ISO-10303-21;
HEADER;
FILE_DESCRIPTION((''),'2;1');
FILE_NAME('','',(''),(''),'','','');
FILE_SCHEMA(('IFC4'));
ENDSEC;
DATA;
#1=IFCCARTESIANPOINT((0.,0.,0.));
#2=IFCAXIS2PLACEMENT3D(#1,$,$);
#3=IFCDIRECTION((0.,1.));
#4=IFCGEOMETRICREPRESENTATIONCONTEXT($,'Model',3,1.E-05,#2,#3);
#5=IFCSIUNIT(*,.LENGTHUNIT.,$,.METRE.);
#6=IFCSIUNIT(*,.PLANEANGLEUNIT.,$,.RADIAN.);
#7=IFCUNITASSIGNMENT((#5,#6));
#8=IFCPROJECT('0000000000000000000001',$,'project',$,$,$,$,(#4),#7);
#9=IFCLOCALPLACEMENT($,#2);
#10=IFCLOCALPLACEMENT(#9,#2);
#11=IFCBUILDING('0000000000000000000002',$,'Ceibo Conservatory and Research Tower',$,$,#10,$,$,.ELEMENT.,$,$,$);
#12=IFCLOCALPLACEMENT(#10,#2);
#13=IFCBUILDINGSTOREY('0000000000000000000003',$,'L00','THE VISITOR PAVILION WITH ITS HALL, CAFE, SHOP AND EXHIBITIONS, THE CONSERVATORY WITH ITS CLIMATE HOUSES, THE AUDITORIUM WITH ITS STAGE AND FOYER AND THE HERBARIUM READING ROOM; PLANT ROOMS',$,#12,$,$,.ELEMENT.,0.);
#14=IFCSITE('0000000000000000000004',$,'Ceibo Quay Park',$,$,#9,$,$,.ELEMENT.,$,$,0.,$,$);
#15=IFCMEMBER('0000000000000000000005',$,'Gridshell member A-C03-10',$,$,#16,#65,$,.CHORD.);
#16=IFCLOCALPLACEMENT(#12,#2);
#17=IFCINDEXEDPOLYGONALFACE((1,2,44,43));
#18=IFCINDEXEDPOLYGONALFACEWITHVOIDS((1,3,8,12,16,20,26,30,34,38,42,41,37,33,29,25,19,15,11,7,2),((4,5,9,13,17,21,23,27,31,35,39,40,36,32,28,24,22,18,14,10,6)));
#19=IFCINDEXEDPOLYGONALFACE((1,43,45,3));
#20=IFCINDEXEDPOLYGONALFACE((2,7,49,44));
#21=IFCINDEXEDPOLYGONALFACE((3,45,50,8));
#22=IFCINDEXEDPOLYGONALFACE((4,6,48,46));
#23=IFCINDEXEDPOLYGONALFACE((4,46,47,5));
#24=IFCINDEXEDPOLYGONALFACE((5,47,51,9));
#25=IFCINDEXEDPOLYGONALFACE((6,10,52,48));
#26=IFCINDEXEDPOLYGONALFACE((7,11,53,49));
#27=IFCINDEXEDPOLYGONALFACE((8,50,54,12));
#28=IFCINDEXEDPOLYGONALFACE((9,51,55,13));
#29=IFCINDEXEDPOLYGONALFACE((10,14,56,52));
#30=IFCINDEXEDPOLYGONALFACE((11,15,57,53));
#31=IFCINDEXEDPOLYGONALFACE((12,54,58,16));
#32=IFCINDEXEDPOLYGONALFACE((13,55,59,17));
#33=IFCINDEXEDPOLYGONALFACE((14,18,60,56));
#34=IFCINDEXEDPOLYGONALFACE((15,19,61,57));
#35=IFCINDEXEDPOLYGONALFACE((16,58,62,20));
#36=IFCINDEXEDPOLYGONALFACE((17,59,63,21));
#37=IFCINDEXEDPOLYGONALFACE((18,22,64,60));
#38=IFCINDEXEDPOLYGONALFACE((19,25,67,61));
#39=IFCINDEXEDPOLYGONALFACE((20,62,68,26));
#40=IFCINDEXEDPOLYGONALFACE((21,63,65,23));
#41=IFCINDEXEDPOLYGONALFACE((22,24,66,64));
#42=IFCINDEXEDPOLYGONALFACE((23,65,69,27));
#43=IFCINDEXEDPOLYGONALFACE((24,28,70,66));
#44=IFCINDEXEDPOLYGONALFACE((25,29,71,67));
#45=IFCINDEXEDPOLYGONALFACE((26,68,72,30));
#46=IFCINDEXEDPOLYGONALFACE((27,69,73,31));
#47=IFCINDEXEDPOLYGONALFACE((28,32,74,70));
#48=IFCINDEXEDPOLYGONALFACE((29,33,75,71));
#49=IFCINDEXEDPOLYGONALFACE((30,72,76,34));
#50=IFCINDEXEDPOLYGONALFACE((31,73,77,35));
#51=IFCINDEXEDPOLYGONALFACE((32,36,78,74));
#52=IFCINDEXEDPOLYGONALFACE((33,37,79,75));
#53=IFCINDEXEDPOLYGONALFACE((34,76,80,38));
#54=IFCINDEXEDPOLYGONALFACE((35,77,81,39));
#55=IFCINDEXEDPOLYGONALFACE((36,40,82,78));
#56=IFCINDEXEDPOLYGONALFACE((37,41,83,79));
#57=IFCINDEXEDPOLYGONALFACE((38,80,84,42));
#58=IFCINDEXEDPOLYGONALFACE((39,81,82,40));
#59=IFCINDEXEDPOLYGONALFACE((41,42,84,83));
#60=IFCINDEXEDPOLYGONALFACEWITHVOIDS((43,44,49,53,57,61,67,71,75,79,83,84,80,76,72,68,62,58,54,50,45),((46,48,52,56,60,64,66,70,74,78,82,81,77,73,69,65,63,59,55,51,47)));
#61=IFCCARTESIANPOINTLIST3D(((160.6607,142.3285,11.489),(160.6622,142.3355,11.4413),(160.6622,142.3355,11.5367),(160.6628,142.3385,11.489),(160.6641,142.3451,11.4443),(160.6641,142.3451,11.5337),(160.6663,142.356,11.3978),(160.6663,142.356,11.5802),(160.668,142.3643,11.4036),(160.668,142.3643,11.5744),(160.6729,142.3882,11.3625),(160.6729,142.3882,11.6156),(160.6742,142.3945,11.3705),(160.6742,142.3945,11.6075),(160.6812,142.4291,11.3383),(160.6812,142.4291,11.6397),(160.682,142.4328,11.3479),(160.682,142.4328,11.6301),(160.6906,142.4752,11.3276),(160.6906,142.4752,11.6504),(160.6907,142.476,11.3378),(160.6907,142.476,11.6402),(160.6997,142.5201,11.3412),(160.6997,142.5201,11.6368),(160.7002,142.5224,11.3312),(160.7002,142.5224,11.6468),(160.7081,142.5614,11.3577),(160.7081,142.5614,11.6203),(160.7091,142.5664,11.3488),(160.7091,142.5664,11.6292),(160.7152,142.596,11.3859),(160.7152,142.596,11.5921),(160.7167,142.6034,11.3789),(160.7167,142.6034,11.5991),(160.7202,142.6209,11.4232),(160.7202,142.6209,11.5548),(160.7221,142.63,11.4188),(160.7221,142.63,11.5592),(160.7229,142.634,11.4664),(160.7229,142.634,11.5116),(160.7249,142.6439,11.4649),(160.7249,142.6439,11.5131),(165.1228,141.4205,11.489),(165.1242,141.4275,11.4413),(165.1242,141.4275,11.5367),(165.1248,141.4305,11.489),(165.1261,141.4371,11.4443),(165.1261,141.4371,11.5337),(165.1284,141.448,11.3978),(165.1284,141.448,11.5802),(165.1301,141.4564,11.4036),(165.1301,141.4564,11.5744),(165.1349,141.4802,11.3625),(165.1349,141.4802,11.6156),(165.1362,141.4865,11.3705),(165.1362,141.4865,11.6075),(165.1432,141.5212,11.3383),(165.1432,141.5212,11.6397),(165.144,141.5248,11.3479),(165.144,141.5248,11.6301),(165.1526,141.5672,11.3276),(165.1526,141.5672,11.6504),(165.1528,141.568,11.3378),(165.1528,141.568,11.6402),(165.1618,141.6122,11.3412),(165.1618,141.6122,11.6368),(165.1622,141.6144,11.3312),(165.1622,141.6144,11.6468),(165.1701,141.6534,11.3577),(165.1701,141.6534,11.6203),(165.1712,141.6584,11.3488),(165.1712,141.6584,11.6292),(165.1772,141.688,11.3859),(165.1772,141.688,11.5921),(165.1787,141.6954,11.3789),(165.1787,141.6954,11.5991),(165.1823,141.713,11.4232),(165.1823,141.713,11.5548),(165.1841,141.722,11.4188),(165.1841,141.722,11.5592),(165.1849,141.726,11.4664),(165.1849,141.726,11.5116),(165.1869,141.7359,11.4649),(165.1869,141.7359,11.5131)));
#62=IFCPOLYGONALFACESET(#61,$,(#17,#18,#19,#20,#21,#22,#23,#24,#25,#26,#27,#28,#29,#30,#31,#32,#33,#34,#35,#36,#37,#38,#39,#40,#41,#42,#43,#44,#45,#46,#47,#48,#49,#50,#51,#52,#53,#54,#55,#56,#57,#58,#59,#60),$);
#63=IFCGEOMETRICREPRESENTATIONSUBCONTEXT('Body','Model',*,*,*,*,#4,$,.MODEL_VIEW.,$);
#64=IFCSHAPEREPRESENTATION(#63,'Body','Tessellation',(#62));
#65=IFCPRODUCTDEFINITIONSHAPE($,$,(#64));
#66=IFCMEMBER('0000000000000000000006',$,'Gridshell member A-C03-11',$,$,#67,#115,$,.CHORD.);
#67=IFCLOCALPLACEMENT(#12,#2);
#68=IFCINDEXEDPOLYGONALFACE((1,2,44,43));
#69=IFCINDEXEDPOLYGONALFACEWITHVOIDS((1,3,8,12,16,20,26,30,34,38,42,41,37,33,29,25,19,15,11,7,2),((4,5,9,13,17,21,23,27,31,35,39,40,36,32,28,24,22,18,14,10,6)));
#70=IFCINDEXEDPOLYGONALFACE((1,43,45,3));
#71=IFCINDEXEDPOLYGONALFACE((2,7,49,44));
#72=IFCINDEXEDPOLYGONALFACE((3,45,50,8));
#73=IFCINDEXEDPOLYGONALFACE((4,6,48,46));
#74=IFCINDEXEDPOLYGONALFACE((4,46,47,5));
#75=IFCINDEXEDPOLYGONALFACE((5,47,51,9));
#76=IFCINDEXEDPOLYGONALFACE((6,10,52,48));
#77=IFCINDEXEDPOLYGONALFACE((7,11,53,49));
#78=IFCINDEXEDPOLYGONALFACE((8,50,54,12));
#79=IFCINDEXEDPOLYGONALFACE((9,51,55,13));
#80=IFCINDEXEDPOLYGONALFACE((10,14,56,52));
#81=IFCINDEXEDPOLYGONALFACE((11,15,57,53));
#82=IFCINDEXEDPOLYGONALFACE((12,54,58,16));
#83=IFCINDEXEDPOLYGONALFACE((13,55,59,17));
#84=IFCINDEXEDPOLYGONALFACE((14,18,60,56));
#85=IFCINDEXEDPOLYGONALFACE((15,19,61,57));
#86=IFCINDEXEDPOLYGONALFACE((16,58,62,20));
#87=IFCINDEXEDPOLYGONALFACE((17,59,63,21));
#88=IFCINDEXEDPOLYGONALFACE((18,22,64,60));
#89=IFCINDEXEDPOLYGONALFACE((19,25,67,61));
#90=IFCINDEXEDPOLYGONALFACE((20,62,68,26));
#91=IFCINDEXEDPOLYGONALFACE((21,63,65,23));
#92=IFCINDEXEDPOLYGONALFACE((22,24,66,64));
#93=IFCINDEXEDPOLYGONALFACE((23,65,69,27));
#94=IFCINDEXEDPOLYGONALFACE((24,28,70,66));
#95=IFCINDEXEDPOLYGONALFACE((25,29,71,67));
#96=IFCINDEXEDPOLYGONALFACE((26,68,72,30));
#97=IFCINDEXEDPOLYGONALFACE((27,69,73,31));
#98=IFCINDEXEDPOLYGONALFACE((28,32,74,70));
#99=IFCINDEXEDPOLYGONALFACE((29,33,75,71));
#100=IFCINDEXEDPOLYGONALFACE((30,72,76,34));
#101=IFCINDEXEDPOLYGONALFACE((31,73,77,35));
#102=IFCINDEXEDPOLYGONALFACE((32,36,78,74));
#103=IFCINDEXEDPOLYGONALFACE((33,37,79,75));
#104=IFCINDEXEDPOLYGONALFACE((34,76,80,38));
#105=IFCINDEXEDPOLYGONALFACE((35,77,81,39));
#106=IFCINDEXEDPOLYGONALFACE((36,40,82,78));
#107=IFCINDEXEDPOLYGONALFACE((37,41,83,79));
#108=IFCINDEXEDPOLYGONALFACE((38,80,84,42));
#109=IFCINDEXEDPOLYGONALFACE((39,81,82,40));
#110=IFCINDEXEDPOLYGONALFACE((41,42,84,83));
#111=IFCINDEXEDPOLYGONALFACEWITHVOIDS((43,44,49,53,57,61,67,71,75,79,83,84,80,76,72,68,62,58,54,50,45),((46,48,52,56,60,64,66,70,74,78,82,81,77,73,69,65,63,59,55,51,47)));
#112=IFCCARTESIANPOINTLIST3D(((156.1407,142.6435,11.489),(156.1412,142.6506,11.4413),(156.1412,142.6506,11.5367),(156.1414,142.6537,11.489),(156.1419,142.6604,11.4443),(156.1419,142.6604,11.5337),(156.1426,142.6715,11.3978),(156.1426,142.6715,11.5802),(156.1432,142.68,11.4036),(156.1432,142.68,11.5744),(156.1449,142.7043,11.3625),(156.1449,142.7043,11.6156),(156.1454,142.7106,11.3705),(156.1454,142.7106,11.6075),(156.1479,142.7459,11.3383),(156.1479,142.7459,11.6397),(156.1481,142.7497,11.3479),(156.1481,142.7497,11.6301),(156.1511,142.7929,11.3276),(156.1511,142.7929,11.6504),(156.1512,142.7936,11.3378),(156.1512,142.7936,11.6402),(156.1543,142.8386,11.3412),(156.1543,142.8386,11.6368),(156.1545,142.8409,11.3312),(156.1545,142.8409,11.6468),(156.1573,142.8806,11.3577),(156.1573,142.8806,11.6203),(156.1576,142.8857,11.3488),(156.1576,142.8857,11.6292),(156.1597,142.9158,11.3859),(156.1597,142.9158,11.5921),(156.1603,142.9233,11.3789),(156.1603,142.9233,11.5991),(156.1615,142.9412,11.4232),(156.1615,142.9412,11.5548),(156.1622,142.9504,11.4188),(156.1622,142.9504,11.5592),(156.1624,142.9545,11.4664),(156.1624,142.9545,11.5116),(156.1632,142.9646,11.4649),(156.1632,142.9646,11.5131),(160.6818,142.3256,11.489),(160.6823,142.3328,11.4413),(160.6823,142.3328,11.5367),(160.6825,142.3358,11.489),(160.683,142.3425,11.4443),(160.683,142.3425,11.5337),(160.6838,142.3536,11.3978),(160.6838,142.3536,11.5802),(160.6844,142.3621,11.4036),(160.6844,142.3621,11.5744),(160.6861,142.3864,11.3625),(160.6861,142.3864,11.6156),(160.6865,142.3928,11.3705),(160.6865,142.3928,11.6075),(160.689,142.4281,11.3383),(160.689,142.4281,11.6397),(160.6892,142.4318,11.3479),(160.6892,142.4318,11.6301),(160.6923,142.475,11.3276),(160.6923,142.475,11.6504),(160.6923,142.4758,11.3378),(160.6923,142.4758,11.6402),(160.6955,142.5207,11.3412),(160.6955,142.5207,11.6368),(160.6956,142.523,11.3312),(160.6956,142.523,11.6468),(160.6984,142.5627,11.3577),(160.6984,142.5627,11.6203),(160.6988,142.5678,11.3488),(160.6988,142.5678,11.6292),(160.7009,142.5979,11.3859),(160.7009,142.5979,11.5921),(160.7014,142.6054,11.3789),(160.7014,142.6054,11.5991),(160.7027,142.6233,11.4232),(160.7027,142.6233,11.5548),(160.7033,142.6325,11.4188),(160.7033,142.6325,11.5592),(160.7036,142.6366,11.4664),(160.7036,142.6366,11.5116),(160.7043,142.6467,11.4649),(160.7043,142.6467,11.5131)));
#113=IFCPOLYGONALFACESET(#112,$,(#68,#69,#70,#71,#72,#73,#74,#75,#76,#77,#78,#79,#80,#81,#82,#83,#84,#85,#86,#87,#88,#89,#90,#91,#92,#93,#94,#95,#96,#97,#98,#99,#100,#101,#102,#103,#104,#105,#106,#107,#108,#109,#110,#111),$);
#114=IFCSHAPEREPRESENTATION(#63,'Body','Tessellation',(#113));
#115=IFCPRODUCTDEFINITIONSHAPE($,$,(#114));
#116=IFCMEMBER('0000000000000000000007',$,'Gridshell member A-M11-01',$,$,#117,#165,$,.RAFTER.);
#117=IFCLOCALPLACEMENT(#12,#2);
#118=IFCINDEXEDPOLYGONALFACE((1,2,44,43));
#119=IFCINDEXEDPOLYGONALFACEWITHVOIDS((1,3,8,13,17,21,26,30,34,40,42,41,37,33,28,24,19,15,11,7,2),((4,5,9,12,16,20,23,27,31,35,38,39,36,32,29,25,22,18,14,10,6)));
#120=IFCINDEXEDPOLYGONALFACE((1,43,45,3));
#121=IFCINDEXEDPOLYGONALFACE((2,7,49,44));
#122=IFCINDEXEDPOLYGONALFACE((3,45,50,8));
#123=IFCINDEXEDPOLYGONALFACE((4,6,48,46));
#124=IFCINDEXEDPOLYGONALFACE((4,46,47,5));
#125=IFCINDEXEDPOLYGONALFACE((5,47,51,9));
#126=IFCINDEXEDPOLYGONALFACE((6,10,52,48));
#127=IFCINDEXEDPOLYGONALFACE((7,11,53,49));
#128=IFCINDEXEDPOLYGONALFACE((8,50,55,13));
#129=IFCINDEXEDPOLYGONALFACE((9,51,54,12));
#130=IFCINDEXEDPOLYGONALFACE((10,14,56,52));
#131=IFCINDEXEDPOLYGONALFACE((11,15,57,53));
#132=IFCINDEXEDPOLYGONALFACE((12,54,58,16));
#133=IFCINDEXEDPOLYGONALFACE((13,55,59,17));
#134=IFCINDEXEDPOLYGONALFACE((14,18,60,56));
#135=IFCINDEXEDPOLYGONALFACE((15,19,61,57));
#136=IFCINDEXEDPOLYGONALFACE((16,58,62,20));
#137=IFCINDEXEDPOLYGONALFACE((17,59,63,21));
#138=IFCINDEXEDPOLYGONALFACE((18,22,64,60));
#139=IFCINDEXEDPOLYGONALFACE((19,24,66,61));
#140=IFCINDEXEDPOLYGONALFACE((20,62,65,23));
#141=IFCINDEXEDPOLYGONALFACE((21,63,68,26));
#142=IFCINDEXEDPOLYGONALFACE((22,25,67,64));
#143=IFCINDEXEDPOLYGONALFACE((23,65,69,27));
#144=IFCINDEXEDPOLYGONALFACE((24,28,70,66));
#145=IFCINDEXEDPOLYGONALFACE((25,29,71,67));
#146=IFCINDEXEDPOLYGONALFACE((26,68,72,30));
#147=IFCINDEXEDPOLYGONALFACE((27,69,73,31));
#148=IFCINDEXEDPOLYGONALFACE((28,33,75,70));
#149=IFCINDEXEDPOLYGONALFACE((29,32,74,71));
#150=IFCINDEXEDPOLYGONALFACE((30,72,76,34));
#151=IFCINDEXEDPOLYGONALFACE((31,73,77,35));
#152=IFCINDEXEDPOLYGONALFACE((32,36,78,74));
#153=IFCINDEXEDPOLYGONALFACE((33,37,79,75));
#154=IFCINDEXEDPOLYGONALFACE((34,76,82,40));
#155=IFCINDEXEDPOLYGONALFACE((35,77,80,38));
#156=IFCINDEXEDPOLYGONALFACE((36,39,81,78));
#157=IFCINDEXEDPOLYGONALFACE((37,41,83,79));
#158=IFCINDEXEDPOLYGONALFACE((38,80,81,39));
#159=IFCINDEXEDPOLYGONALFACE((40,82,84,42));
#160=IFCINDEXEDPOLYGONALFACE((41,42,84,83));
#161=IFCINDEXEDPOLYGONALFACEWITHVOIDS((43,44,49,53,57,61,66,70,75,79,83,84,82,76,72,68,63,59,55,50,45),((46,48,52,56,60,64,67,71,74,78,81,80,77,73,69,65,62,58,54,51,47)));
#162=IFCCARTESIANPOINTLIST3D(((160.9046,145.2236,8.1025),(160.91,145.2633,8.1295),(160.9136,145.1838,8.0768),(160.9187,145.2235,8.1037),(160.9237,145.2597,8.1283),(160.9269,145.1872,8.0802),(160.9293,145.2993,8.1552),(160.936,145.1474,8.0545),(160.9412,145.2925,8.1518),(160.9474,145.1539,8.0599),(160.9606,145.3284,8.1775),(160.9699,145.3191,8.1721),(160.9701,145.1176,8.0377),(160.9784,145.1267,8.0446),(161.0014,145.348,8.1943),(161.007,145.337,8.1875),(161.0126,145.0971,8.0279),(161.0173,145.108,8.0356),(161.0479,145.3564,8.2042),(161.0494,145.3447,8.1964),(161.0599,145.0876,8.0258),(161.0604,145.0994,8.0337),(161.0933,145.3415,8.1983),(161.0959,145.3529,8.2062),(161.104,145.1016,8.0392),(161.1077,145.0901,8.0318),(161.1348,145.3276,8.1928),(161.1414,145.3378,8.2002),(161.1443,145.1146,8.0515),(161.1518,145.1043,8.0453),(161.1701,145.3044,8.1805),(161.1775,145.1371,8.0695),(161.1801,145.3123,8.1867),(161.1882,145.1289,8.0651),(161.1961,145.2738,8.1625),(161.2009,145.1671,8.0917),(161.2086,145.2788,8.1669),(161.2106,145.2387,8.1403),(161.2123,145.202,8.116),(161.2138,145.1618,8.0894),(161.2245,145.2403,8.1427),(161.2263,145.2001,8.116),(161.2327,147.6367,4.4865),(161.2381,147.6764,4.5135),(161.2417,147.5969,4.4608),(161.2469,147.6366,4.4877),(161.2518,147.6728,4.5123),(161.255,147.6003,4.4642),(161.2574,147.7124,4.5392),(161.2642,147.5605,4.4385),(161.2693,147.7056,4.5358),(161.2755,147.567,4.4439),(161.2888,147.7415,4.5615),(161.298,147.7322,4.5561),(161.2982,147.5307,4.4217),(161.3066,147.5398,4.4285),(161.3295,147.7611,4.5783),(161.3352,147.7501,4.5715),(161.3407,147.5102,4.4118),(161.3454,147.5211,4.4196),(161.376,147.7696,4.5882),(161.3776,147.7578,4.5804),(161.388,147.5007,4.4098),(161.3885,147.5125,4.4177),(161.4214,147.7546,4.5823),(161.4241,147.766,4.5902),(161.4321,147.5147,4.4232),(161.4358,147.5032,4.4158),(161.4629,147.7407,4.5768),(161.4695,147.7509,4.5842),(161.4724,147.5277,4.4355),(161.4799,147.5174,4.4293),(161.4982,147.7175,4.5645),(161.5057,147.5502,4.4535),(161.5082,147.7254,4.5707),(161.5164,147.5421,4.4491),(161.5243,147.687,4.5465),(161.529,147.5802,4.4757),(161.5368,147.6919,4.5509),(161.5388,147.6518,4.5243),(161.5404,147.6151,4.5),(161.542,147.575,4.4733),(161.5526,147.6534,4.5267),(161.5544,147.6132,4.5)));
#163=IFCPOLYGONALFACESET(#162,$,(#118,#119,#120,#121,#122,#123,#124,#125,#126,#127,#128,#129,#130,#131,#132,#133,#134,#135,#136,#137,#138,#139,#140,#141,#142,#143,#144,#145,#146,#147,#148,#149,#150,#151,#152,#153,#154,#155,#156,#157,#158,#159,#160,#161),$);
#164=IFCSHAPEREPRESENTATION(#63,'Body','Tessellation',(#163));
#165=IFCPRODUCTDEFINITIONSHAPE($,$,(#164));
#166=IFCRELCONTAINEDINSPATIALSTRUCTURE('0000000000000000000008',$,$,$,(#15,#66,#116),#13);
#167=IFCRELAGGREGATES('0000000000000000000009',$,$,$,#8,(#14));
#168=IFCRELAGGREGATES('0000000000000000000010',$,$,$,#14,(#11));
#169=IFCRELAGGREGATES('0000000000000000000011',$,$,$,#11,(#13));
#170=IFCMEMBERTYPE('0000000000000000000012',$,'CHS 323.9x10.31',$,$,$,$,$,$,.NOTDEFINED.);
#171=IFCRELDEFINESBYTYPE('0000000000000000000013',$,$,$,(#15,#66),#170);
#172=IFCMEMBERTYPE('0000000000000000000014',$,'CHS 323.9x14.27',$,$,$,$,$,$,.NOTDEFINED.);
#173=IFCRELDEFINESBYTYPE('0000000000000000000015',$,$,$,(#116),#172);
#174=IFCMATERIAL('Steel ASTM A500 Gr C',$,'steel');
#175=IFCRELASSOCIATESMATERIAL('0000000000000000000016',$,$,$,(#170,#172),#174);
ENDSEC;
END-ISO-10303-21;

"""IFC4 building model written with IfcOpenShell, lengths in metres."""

from ifc_helpers import new_model, si_unit, direction, frame, origin, origin_2d, place, context, subcontext, project, spatial, hollow_circle, extrude, material, material_profile, profile_set, type_object, element, save


model = new_model("IFC4")

# Units and contexts
model_context = context("Model", 3, precision=1e-05, world=origin(), true_north=direction((0.0, 1.0)))
body_context = subcontext(model_context, "Body", "Model", "MODEL_VIEW")
ifc_project = project(units=[si_unit("LENGTHUNIT", "METRE"), si_unit("PLANEANGLEUNIT", "RADIAN")], contexts=[model_context])

# Site, building, storey
site_placement = place(None, origin())
site = spatial("IfcSite", under=ifc_project, at=site_placement, Name="Ceibo Quay Park", CompositionType="ELEMENT", RefElevation=0.0)
building_placement = place(site_placement, origin())
building = spatial("IfcBuilding", under=site, at=building_placement, Name="Ceibo Conservatory and Research Tower", CompositionType="ELEMENT")
storey_placement = place(building_placement, origin())
storey = spatial("IfcBuildingStorey", under=building, at=storey_placement, Name="L00", Description="THE VISITOR PAVILION WITH ITS HALL, CAFE, SHOP AND EXHIBITIONS, THE CONSERVATORY WITH ITS CLIMATE HOUSES, THE AUDITORIUM WITH ITS STAGE AND FOYER AND THE HERBARIUM READING ROOM; PLANT ROOMS", CompositionType="ELEMENT", Elevation=0.0)

# Members
ifc_material_1 = material(Name="Steel ASTM A500 Gr C", Category="steel")
ifc_material_profile_1 = material_profile(ifc_material_1, hollow_circle(Radius=0.1619, WallThickness=0.0103, at=origin_2d()), Name="CHS 323.9x10.31")
ifc_profile_set_1 = profile_set([ifc_material_profile_1], Name="Steel ASTM A500 Gr C")
member_type_1 = type_object("IfcMemberType", Name="CHS 323.9x10.31", PredefinedType="NOTDEFINED", material=ifc_profile_set_1)
member_1_placement = place(storey_placement, frame((165.155, 141.5791, 11.489), z_axis=(-0.979917, 0.199404, 0.0), x_axis=(-0.199404, -0.979917, 0.0)))
element("IfcMember", 1, at=member_1_placement, inside=storey, type_object=member_type_1, Name="Gridshell member A-C03-10", PredefinedType="CHORD", context=body_context, shape_type="SweptSolid", body=[
    extrude(hollow_circle(Radius=0.1619, WallThickness=0.0103, at=origin_2d()), origin(), (0.0, 0.0, 1.0), 4.5535),
])
member_2_placement = place(storey_placement, frame((160.6931, 142.4871, 11.489), z_axis=(-0.997559, 0.069829, 0.0), x_axis=(-0.069829, -0.997559, 0.0)))
element("IfcMember", 2, at=member_2_placement, inside=storey, type_object=member_type_1, Name="Gridshell member A-C03-11", PredefinedType="CHORD", context=body_context, shape_type="SweptSolid", body=[
    extrude(hollow_circle(Radius=0.1619, WallThickness=0.0103, at=origin_2d()), origin(), (0.0, 0.0, 1.0), 4.5522),
])
ifc_material_profile_2 = material_profile(ifc_material_1, hollow_circle(Radius=0.1619, WallThickness=0.0142, at=origin_2d()), Name="CHS 323.9x14.27")
ifc_profile_set_2 = profile_set([ifc_material_profile_2], Name="Steel ASTM A500 Gr C")
member_type_2 = type_object("IfcMemberType", Name="CHS 323.9x14.27", PredefinedType="NOTDEFINED", material=ifc_profile_set_2)
member_3_placement = place(storey_placement, frame((161.394, 147.635, 4.5), z_axis=(-0.075265, -0.553514, 0.829432), x_axis=(0.990881, -0.134737, 0.0)))
element("IfcMember", 3, at=member_3_placement, inside=storey, type_object=member_type_2, Name="Gridshell member A-M11-01", PredefinedType="RAFTER", context=body_context, shape_type="SweptSolid", body=[
    extrude(hollow_circle(Radius=0.1619, WallThickness=0.0142, at=origin_2d()), origin(), (0.0, 0.0, 1.0), 4.3596),
])

save(model, "model.ifc")
